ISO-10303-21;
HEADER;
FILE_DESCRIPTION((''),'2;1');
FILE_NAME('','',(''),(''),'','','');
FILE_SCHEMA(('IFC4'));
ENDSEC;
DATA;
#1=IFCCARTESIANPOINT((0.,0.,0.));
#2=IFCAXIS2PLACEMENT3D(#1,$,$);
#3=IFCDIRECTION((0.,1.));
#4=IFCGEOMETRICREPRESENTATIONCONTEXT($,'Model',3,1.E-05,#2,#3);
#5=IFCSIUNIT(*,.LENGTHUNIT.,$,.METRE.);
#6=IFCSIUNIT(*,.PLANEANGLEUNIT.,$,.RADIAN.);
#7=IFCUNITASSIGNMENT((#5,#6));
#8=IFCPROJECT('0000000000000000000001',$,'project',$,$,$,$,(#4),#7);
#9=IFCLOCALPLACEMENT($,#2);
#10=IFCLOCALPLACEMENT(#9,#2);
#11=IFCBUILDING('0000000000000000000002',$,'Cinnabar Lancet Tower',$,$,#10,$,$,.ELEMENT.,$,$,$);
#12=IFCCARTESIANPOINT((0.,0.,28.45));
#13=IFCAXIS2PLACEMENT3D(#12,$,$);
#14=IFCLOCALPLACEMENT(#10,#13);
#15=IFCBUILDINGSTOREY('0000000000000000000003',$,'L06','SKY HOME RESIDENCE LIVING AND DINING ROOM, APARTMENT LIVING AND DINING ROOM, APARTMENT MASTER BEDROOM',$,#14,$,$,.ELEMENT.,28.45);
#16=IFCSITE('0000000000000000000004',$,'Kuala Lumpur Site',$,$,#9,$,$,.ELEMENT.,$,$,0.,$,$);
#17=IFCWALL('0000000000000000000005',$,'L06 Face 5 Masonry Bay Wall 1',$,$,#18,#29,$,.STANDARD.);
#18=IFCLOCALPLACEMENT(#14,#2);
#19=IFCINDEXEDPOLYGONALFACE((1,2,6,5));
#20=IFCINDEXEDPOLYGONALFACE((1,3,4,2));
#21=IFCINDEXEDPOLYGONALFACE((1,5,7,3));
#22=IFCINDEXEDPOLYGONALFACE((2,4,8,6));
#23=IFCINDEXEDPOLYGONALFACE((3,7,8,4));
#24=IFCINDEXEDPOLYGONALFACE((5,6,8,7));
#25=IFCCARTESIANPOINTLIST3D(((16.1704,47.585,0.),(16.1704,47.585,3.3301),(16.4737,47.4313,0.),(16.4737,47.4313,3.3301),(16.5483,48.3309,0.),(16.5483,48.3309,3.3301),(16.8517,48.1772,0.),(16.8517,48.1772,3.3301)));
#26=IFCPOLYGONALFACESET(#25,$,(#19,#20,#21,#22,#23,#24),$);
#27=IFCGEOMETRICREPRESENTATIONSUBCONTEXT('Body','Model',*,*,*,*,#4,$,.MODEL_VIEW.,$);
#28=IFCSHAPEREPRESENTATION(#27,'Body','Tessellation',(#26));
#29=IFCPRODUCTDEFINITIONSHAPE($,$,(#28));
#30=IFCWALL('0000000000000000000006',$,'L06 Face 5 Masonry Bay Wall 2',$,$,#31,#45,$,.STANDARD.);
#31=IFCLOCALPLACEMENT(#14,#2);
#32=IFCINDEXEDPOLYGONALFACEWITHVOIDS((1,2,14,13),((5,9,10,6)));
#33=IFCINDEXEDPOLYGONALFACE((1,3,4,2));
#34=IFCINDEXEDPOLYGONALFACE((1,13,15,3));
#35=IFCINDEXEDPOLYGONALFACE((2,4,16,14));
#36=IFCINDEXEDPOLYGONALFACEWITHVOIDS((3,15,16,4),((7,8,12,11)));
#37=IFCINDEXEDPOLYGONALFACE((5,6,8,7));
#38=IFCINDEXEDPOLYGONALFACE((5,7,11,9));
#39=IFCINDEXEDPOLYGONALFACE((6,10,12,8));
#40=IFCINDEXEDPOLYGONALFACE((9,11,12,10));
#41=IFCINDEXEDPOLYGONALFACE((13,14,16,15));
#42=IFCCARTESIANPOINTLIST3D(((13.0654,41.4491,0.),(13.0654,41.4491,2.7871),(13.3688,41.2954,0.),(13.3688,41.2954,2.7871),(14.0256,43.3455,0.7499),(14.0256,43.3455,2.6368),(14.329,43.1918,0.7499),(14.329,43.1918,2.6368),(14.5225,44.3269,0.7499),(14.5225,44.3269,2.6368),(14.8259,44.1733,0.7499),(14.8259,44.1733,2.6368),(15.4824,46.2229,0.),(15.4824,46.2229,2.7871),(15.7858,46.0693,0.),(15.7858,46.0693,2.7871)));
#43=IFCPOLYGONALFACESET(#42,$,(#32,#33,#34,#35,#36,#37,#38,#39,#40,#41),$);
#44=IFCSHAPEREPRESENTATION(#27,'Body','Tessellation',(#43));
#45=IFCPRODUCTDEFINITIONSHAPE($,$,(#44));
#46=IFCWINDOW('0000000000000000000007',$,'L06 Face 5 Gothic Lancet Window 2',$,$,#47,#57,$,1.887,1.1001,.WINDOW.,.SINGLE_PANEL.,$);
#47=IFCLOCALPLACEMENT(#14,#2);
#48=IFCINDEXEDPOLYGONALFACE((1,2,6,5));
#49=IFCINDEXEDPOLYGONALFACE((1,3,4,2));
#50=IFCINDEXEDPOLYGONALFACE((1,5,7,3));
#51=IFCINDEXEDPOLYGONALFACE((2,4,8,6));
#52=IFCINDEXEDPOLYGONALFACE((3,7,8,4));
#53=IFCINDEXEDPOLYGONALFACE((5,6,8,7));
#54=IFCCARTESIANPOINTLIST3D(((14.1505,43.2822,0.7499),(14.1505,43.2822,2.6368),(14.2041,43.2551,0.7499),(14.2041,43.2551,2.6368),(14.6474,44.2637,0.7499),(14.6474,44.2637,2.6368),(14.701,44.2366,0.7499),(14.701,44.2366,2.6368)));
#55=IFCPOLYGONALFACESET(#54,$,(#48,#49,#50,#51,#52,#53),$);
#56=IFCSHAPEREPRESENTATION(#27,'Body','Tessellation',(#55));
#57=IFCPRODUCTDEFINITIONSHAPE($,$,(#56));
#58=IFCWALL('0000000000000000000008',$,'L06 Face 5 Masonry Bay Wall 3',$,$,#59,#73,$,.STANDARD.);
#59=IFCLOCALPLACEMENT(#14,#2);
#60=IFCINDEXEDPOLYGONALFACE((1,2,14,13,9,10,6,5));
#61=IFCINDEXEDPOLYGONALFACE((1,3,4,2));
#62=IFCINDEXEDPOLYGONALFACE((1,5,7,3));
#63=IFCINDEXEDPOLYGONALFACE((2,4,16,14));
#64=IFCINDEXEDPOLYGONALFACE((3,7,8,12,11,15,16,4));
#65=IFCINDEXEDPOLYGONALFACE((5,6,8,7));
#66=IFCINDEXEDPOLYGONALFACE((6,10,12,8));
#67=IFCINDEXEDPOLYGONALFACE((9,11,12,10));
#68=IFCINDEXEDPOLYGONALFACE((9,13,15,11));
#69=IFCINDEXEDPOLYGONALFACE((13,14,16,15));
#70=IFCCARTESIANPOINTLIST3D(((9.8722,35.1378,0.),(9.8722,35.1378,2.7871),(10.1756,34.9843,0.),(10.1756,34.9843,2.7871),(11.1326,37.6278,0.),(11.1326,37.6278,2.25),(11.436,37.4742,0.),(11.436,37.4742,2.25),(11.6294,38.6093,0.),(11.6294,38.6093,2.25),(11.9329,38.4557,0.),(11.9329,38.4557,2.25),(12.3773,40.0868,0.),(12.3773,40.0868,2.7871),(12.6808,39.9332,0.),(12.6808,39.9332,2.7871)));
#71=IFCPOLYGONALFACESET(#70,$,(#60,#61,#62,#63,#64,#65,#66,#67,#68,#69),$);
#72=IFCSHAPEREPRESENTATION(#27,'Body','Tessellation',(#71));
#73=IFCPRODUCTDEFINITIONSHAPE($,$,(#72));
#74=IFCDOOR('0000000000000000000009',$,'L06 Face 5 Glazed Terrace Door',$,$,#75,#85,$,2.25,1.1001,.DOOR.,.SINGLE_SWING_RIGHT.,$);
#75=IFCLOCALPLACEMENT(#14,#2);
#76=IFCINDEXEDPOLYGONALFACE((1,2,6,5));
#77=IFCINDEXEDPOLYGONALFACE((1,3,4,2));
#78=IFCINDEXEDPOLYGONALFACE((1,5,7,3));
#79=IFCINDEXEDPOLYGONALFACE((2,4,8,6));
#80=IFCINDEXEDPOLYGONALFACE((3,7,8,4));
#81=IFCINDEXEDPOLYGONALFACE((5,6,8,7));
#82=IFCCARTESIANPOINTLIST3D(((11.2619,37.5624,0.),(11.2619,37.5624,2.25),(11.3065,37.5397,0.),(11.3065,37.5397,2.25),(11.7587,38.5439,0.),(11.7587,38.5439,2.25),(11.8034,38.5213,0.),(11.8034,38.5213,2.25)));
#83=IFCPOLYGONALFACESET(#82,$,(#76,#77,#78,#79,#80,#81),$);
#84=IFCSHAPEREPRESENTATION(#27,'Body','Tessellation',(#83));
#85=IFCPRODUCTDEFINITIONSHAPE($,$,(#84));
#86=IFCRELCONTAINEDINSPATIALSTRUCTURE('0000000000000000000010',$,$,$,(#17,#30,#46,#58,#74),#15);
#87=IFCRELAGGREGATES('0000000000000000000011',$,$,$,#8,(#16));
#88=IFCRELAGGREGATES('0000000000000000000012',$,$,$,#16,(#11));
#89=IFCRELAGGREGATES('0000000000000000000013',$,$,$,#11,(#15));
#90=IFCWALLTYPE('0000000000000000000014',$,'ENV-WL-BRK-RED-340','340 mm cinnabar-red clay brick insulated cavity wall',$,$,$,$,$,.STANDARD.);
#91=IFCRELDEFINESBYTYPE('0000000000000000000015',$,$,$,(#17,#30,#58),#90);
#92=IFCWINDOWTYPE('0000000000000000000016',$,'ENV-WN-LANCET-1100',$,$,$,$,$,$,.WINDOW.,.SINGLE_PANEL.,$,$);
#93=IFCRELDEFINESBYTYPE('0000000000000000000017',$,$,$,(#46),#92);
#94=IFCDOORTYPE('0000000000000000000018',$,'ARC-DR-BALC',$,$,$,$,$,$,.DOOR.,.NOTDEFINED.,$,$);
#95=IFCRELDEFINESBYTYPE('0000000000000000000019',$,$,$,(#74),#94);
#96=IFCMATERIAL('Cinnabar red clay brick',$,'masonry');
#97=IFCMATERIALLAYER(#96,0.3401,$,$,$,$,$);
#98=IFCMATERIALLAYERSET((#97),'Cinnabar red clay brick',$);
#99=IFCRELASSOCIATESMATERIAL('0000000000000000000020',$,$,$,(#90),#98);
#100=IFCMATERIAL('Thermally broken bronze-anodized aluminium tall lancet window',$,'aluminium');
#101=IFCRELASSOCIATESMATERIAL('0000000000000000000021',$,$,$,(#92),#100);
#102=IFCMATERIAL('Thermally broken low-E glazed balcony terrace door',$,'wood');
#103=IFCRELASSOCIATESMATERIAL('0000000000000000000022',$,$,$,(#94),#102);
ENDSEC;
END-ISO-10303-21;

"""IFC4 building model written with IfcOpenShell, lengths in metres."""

from ifc_helpers import new_model, si_unit, direction, frame, frame_2d, origin, place, context, subcontext, project, spatial, rectangle, extrude, material, layer, layer_set, type_object, element, fill, save


model = new_model("IFC4")

# Units and contexts
model_context = context("Model", 3, precision=1e-05, world=origin(), true_north=direction((0.0, 1.0)))
body_context = subcontext(model_context, "Body", "Model", "MODEL_VIEW")
ifc_project = project(units=[si_unit("LENGTHUNIT", "METRE"), si_unit("PLANEANGLEUNIT", "RADIAN")], contexts=[model_context])

# Site, building, storey
site_placement = place(None, origin())
site = spatial("IfcSite", under=ifc_project, at=site_placement, Name="Kuala Lumpur Site", CompositionType="ELEMENT", RefElevation=0.0)
building_placement = place(site_placement, origin())
building = spatial("IfcBuilding", under=site, at=building_placement, Name="Cinnabar Lancet Tower", CompositionType="ELEMENT")
storey_placement = place(building_placement, frame((0.0, 0.0, 28.45)))
storey = spatial("IfcBuildingStorey", under=building, at=storey_placement, Name="L06", Description="SKY HOME RESIDENCE LIVING AND DINING ROOM, APARTMENT LIVING AND DINING ROOM, APARTMENT MASTER BEDROOM", CompositionType="ELEMENT", Elevation=28.45)

# Wall
ifc_material_1 = material(Name="Cinnabar red clay brick", Category="masonry")
ifc_layer_1 = layer(ifc_material_1, 0.3401)
ifc_layer_set_1 = layer_set([ifc_layer_1], Name="Cinnabar red clay brick")
wall_type_1 = type_object("IfcWallType", Name="ENV-WL-BRK-RED-340", Description="340 mm cinnabar-red clay brick insulated cavity wall", PredefinedType="STANDARD", material=ifc_layer_set_1)
wall_1_placement = place(storey_placement, frame((16.7, 48.2539, 0.0), z_axis=(0.0, 0.0, 1.0), x_axis=(-0.451996, -0.89202, 0.0)))
element("IfcWall", 1, at=wall_1_placement, inside=storey, type_object=wall_type_1, Name="L06 Face 5 Masonry Bay Wall 1", PredefinedType="STANDARD", context=body_context, shape_type="SweptSolid", body=[
    extrude(rectangle(XDim=0.8362, YDim=0.3401, at=frame_2d((0.418, 0.0))), origin(), (0.0, 0.0, 1.0), 3.3301),
])

# Wall, opening, window
wall_2_placement = place(storey_placement, frame((15.634, 46.146, 0.0), z_axis=(0.0, 0.0, 1.0), x_axis=(-0.451698, -0.892171, 0.0)))
wall_2 = element("IfcWall", 2, at=wall_2_placement, inside=storey, type_object=wall_type_1, Name="L06 Face 5 Masonry Bay Wall 2", PredefinedType="STANDARD", context=body_context, shape_type="SweptSolid", body=[
    extrude(rectangle(XDim=5.3508, YDim=0.3401, at=frame_2d((2.6753, 0.0))), origin(), (0.0, 0.0, 1.0), 2.7871),
])
opening_1_placement = place(wall_2_placement, frame((2.125, 0.0, 0.75)))
opening_1 = element("IfcOpeningElement", 3, at=opening_1_placement, cuts=wall_2, PredefinedType="OPENING", context=body_context, shape_type="SweptSolid", body=[
    extrude(rectangle(XDim=1.1001, YDim=1.887, at=frame_2d((0.55, 0.9434))), frame((0.0, 0.1799, 0.0), z_axis=(0.0, -1.0, 0.0), x_axis=(1.0, 0.0, 0.0)), (0.0, 0.0, 1.0), 0.3601),
])
ifc_material_2 = material(Name="Thermally broken bronze-anodized aluminium tall lancet window", Category="aluminium")
window_type = type_object("IfcWindowType", Name="ENV-WN-LANCET-1100", PartitioningType="SINGLE_PANEL", PredefinedType="WINDOW", material=ifc_material_2)
window_placement = place(opening_1_placement, origin())
window = element("IfcWindow", 4, at=window_placement, inside=storey, type_object=window_type, Name="L06 Face 5 Gothic Lancet Window 2", OverallHeight=1.887, OverallWidth=1.1001, PartitioningType="SINGLE_PANEL", PredefinedType="WINDOW", context=body_context, shape_type="SweptSolid", body=[
    extrude(rectangle(XDim=1.1001, YDim=1.887, at=frame_2d((0.55, 0.9434))), frame((0.0, 0.03, 0.0), z_axis=(0.0, -1.0, 0.0), x_axis=(1.0, 0.0, 0.0)), (0.0, 0.0, 1.0), 0.0601),
])
fill(opening_1, window)

# Wall, opening, door
wall_3_placement = place(storey_placement, frame((12.5291, 40.01, 0.0), z_axis=(0.0, 0.0, 1.0), x_axis=(-0.451627, -0.892207, 0.0)))
wall_3 = element("IfcWall", 5, at=wall_3_placement, inside=storey, type_object=wall_type_1, Name="L06 Face 5 Masonry Bay Wall 3", PredefinedType="STANDARD", context=body_context, shape_type="SweptSolid", body=[
    extrude(rectangle(XDim=5.5469, YDim=0.3401, at=frame_2d((2.7734, 0.0))), origin(), (0.0, 0.0, 1.0), 2.7871),
])
opening_2_placement = place(wall_3_placement, frame((1.656, 0.0, 0.0)))
opening_2 = element("IfcOpeningElement", 6, at=opening_2_placement, cuts=wall_3, PredefinedType="OPENING", context=body_context, shape_type="SweptSolid", body=[
    extrude(rectangle(XDim=1.1001, YDim=2.25, at=frame_2d((0.55, 1.125))), frame((0.0, 0.1799, 0.0), z_axis=(0.0, -1.0, 0.0), x_axis=(1.0, 0.0, 0.0)), (0.0, 0.0, 1.0), 0.3601),
])
ifc_material_3 = material(Name="Thermally broken low-E glazed balcony terrace door", Category="wood")
door_type = type_object("IfcDoorType", Name="ARC-DR-BALC", OperationType="NOTDEFINED", PredefinedType="DOOR", material=ifc_material_3)
door_placement = place(opening_2_placement, origin())
door = element("IfcDoor", 7, at=door_placement, inside=storey, type_object=door_type, Name="L06 Face 5 Glazed Terrace Door", OperationType="SINGLE_SWING_RIGHT", OverallHeight=2.25, OverallWidth=1.1001, PredefinedType="DOOR", context=body_context, shape_type="SweptSolid", body=[
    extrude(rectangle(XDim=1.1001, YDim=2.25, at=frame_2d((0.55, 1.125))), frame((0.0, 0.0249, 0.0), z_axis=(0.0, -1.0, 0.0), x_axis=(1.0, 0.0, 0.0)), (0.0, 0.0, 1.0), 0.05),
])
fill(opening_2, door)

save(model, "model.ifc")
